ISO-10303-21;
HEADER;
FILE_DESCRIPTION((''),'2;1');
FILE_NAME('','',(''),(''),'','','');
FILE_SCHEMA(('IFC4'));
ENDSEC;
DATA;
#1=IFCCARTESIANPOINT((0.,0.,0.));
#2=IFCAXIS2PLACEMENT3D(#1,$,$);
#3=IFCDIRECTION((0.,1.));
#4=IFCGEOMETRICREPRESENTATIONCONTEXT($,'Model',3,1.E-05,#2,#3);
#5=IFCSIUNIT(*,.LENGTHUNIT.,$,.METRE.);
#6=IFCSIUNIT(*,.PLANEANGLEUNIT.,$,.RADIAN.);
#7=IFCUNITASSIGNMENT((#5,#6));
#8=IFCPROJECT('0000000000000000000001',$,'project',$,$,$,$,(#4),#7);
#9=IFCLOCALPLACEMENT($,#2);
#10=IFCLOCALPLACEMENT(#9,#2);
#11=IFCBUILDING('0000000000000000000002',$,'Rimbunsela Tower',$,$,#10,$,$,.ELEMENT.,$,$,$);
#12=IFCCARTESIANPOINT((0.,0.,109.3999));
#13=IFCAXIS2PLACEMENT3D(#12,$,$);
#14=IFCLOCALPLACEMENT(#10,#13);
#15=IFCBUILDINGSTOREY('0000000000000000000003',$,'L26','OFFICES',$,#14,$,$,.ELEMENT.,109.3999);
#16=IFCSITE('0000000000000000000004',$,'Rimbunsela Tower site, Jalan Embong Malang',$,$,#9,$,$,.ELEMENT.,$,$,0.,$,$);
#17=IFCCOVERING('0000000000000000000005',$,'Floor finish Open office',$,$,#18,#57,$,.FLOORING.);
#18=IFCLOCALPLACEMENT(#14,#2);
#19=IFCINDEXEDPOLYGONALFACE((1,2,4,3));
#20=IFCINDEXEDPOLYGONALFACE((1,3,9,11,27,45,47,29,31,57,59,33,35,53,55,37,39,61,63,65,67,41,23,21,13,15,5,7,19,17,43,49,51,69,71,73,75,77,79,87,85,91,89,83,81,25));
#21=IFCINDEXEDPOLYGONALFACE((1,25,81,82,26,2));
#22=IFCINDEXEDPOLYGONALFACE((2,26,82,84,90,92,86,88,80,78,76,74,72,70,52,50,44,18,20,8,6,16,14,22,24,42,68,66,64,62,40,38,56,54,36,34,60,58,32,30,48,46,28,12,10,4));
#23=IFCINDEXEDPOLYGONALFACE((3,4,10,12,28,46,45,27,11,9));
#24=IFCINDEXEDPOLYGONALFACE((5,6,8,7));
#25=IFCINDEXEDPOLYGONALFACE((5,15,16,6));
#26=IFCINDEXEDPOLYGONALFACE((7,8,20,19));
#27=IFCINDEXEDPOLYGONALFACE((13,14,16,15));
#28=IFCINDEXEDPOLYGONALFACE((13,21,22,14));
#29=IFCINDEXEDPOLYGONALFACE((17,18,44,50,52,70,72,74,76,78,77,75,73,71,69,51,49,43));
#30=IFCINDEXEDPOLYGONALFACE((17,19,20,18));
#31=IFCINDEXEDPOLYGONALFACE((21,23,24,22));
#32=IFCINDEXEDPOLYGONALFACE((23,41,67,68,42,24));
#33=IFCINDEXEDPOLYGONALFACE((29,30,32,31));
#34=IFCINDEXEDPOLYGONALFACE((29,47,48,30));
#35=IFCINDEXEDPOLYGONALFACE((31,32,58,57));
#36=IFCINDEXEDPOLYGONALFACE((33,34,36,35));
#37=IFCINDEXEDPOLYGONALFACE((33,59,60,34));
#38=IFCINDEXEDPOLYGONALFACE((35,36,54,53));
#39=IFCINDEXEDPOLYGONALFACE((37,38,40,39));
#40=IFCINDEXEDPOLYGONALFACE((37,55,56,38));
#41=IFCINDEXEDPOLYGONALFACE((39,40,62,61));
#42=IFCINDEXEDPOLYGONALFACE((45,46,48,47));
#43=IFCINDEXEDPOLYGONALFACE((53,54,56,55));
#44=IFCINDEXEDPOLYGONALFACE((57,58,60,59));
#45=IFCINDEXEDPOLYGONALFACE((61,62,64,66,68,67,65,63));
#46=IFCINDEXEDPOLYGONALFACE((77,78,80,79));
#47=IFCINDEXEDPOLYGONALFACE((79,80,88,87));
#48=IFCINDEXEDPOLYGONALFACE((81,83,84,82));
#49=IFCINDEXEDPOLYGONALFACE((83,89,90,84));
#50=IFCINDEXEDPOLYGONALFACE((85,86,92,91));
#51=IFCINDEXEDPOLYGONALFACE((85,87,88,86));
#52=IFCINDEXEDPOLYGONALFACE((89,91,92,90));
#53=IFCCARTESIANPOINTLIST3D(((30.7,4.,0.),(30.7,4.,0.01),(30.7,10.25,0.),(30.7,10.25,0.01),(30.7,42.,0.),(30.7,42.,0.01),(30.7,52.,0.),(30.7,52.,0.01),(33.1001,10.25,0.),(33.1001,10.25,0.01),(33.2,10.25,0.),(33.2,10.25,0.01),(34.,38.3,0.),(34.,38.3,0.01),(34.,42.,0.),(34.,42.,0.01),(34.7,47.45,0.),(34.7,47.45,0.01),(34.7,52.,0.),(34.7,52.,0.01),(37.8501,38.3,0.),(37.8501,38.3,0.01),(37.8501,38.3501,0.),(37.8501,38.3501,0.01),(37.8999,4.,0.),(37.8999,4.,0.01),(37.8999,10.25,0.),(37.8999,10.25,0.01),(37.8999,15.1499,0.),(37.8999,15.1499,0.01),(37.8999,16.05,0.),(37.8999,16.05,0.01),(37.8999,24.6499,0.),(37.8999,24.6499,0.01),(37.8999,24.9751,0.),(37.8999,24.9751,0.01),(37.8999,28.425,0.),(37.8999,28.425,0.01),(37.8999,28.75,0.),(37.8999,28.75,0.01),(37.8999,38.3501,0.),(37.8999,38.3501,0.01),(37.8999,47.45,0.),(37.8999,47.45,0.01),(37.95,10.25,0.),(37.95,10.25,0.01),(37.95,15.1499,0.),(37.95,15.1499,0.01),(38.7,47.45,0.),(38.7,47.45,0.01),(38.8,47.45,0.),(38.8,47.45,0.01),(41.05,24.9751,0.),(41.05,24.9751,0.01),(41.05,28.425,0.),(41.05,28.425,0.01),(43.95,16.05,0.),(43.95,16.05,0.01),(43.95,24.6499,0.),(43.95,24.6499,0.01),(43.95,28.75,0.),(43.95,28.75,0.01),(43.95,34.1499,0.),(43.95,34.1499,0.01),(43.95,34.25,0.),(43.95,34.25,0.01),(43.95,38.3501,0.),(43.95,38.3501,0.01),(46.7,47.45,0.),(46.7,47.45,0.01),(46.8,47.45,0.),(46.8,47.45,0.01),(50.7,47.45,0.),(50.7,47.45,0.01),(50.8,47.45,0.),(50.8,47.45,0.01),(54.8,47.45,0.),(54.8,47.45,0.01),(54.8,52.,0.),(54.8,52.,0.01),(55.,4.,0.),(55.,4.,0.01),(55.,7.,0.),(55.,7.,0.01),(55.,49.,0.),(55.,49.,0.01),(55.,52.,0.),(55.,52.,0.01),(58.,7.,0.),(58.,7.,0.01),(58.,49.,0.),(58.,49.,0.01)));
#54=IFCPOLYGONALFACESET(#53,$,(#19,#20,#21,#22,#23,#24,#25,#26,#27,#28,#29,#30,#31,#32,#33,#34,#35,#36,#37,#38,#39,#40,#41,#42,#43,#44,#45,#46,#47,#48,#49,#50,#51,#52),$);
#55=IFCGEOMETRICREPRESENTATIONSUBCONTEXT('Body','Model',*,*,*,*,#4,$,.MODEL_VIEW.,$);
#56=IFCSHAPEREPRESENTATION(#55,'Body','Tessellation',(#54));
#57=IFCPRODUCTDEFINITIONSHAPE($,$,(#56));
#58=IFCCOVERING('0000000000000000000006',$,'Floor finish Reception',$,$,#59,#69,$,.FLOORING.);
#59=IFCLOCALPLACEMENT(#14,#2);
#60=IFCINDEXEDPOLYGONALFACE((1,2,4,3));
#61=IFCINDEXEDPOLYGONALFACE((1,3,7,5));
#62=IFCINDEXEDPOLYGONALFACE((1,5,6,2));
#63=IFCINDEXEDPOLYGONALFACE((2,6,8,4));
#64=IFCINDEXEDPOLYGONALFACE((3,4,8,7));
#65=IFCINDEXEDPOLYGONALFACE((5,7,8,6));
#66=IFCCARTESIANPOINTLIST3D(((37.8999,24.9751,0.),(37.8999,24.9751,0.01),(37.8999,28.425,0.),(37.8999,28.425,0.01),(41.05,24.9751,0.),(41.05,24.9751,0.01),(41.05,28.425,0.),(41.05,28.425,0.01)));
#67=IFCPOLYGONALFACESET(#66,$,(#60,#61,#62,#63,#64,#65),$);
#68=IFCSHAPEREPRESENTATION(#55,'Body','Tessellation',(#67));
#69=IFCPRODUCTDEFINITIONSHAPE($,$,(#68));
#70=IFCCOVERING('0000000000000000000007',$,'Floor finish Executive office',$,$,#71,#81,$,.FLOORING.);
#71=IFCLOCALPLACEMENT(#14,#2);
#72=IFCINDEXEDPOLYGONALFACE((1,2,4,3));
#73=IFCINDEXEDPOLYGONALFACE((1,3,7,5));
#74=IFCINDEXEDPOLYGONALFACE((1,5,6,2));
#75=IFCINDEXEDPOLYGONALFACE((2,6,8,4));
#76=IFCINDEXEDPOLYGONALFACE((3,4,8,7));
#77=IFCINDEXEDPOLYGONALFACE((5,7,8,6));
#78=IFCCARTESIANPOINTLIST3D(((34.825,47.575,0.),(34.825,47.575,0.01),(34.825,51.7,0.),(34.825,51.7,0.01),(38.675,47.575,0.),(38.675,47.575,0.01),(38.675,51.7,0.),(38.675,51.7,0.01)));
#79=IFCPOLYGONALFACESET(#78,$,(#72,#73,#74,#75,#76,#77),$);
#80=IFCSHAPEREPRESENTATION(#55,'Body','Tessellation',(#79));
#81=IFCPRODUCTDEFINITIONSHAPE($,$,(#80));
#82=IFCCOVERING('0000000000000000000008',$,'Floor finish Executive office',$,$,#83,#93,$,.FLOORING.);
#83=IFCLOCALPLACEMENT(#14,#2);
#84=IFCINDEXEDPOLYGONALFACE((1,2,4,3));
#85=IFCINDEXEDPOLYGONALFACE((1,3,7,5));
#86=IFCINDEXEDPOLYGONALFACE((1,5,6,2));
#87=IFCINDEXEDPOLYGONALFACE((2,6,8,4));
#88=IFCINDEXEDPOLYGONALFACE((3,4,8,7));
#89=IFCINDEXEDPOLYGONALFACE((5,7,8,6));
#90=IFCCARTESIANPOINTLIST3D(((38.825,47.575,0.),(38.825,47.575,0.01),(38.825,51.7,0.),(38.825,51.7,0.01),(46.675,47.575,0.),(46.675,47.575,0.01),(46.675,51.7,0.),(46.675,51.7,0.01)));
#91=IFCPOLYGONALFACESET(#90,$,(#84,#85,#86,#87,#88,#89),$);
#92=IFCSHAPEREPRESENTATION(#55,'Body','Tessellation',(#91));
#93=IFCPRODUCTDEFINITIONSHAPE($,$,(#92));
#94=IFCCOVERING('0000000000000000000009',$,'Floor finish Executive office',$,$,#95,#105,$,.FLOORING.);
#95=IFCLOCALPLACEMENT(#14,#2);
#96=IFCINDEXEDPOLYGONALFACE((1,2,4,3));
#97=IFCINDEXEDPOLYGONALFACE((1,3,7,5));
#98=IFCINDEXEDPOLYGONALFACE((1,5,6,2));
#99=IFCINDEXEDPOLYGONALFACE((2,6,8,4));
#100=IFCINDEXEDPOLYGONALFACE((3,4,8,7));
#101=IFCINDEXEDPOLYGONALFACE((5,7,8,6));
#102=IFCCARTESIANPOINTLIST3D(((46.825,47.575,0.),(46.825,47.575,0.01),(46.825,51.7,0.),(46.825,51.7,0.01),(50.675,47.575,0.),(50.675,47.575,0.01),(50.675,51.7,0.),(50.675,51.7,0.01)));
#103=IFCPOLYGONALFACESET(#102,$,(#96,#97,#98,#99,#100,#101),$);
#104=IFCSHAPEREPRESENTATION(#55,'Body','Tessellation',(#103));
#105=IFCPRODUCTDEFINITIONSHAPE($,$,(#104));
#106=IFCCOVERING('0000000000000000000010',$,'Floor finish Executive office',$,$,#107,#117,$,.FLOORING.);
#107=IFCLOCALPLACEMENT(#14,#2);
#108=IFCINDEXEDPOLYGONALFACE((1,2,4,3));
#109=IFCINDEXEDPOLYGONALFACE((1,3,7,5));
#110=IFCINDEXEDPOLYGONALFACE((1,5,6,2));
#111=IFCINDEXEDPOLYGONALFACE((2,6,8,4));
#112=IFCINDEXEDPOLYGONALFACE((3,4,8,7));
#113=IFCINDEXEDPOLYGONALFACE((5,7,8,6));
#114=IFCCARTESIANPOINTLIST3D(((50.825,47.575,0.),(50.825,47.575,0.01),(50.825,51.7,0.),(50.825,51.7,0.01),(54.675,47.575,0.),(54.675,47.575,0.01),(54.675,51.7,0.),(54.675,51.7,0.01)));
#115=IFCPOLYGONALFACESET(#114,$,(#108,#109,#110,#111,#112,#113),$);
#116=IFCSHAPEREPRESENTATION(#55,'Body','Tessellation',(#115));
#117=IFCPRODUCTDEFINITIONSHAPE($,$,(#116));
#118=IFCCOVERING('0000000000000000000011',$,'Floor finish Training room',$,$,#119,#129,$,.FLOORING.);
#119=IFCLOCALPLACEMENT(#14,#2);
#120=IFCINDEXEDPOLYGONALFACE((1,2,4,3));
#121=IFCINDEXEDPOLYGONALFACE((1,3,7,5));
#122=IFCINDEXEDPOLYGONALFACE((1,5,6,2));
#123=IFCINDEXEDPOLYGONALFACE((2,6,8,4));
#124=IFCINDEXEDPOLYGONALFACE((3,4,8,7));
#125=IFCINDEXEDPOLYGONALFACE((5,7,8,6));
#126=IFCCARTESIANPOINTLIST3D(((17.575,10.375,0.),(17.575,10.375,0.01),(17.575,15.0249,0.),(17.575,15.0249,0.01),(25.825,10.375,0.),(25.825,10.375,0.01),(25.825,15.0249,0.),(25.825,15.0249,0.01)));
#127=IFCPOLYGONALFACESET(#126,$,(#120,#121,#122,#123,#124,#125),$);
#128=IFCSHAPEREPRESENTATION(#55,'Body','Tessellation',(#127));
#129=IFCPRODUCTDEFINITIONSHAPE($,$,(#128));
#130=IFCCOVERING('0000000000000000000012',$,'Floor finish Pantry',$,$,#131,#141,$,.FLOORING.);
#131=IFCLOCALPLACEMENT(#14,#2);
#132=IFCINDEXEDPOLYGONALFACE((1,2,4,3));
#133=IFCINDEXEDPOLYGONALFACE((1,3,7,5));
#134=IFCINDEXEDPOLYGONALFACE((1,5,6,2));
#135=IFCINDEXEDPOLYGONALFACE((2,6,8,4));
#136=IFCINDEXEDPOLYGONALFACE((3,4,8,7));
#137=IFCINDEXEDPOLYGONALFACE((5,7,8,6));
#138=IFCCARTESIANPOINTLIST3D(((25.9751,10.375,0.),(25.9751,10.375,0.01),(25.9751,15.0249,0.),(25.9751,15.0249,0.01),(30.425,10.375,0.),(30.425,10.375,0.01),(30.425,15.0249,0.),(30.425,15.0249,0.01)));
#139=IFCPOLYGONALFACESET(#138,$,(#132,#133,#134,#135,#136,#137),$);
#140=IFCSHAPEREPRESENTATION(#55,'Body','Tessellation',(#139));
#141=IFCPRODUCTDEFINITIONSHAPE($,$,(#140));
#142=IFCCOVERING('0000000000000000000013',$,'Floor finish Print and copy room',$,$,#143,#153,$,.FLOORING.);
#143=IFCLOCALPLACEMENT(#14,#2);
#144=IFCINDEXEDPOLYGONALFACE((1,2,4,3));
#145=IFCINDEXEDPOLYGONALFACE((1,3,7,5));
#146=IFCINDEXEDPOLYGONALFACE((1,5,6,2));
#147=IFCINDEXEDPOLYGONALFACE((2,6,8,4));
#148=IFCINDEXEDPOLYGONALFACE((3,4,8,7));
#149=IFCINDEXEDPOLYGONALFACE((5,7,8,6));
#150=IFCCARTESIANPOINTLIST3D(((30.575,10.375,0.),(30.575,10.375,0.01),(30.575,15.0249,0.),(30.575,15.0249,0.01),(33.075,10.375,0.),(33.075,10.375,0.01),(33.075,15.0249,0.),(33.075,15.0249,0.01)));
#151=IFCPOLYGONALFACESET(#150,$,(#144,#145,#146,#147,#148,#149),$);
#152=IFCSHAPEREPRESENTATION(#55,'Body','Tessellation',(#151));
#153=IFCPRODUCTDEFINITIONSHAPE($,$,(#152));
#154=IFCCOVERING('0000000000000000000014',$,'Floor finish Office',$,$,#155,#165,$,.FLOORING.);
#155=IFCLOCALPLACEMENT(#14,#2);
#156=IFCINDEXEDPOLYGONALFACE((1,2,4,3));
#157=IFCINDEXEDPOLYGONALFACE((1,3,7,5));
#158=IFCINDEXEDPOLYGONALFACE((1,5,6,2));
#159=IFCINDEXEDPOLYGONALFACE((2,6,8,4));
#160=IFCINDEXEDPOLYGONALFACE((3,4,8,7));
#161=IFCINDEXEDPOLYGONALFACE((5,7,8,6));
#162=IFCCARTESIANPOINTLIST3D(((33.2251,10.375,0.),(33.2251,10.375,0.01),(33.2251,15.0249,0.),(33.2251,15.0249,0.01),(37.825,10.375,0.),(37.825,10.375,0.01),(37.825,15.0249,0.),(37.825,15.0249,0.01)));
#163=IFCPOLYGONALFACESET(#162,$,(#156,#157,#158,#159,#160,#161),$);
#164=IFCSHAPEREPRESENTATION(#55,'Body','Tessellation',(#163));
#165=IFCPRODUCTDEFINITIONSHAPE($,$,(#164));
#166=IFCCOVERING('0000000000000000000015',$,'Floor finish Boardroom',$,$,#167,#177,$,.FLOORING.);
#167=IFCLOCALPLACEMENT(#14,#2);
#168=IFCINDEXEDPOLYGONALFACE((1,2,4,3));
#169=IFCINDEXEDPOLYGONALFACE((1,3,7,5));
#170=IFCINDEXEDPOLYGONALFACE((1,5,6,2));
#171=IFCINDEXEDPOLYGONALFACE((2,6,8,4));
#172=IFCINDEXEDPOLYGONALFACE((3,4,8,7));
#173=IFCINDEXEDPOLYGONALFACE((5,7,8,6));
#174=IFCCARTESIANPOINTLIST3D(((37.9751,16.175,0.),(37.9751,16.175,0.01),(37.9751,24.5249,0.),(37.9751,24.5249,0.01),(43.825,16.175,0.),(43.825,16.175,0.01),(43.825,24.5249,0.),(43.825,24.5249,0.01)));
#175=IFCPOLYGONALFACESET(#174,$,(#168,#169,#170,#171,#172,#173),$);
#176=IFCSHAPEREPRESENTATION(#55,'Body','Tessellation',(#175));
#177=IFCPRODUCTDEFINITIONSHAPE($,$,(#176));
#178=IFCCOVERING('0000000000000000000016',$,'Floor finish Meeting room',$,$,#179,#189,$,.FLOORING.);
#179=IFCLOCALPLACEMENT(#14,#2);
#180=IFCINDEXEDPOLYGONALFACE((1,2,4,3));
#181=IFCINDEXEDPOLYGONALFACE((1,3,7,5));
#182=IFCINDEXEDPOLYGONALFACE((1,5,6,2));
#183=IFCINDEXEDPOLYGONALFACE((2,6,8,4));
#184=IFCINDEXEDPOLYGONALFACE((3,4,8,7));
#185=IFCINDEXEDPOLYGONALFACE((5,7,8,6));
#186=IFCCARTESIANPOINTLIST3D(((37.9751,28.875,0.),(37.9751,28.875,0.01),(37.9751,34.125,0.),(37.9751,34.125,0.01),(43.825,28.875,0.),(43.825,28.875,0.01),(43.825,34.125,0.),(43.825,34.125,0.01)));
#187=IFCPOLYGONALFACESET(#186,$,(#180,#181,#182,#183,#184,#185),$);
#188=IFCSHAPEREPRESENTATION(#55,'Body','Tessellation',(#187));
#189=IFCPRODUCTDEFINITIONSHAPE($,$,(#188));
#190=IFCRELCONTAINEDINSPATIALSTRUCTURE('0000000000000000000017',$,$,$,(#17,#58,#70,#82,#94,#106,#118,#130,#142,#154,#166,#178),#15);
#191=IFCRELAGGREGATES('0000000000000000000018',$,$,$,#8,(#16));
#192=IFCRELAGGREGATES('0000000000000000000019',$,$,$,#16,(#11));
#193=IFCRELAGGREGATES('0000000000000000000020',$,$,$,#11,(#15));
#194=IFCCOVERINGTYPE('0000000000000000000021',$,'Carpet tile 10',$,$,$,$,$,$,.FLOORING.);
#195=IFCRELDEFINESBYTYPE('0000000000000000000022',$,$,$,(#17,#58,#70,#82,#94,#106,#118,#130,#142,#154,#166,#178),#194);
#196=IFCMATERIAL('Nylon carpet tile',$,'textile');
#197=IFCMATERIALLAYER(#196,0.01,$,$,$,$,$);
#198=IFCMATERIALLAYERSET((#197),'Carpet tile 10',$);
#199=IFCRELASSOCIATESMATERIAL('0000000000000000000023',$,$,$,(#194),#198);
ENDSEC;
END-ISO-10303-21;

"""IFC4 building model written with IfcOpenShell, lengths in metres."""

from ifc_helpers import new_model, si_unit, direction, frame, origin, place, context, subcontext, project, spatial, polyline, outline, extrude, material, layer, layer_set, type_object, element, save


model = new_model("IFC4")

# Units and contexts
model_context = context("Model", 3, precision=1e-05, world=origin(), true_north=direction((0.0, 1.0)))
body_context = subcontext(model_context, "Body", "Model", "MODEL_VIEW")
ifc_project = project(units=[si_unit("LENGTHUNIT", "METRE"), si_unit("PLANEANGLEUNIT", "RADIAN")], contexts=[model_context])

# Site, building, storey
site_placement = place(None, origin())
site = spatial("IfcSite", under=ifc_project, at=site_placement, Name="Rimbunsela Tower site, Jalan Embong Malang", CompositionType="ELEMENT", RefElevation=0.0)
building_placement = place(site_placement, origin())
building = spatial("IfcBuilding", under=site, at=building_placement, Name="Rimbunsela Tower", CompositionType="ELEMENT")
storey_placement = place(building_placement, frame((0.0, 0.0, 109.3999)))
storey = spatial("IfcBuildingStorey", under=building, at=storey_placement, Name="L26", Description="OFFICES", CompositionType="ELEMENT", Elevation=109.3999)

# Coverings
ifc_material_1 = material(Name="Nylon carpet tile", Category="textile")
ifc_layer_1 = layer(ifc_material_1, 0.01)
ifc_layer_set_1 = layer_set([ifc_layer_1], Name="Carpet tile 10")
covering_type_1 = type_object("IfcCoveringType", Name="Carpet tile 10", PredefinedType="FLOORING", material=ifc_layer_set_1)
covering_1_placement = place(storey_placement, origin())
element("IfcCovering", 1, at=covering_1_placement, inside=storey, type_object=covering_type_1, Name="Floor finish Open office", PredefinedType="FLOORING", context=body_context, shape_type="SweptSolid", body=[
    extrude(outline(polyline([(30.7, 52.0), (34.7, 52.0), (34.7, 47.45), (37.8999, 47.45), (38.7, 47.45), (38.8, 47.45), (46.7, 47.45), (46.8, 47.45), (50.7, 47.45), (50.8, 47.45), (54.8, 47.45), (54.8, 52.0), (55.0, 52.0), (55.0, 49.0), (58.0, 49.0), (58.0, 7.0), (55.0, 7.0), (55.0, 4.0), (37.8999, 4.0), (30.7, 4.0), (30.7, 10.25), (33.1001, 10.25), (33.2, 10.25), (37.8999, 10.25), (37.95, 10.25), (37.95, 15.1499), (37.8999, 15.1499), (37.8999, 16.05), (43.95, 16.05), (43.95, 24.6499), (37.8999, 24.6499), (37.8999, 24.9751), (41.05, 24.9751), (41.05, 28.425), (37.8999, 28.425), (37.8999, 28.75), (43.95, 28.75), (43.95, 34.1499), (43.95, 34.25), (43.95, 38.3501), (37.8999, 38.3501), (37.8501, 38.3501), (37.8501, 38.3), (34.0, 38.3), (34.0, 42.0), (30.7, 42.0), (30.7, 52.0)])), origin(), (0.0, 0.0, 1.0), 0.01),
])
covering_2_placement = place(storey_placement, origin())
element("IfcCovering", 2, at=covering_2_placement, inside=storey, type_object=covering_type_1, Name="Floor finish Reception", PredefinedType="FLOORING", context=body_context, shape_type="SweptSolid", body=[
    extrude(outline(polyline([(41.05, 24.9751), (41.05, 28.425), (37.8999, 28.425), (37.8999, 24.9751), (41.05, 24.9751)])), origin(), (0.0, 0.0, 1.0), 0.01),
])
covering_3_placement = place(storey_placement, origin())
element("IfcCovering", 3, at=covering_3_placement, inside=storey, type_object=covering_type_1, Name="Floor finish Executive office", PredefinedType="FLOORING", context=body_context, shape_type="SweptSolid", body=[
    extrude(outline(polyline([(38.675, 47.575), (38.675, 51.7), (34.825, 51.7), (34.825, 47.575), (38.675, 47.575)])), origin(), (0.0, 0.0, 1.0), 0.01),
])
covering_4_placement = place(storey_placement, origin())
element("IfcCovering", 4, at=covering_4_placement, inside=storey, type_object=covering_type_1, Name="Floor finish Executive office", PredefinedType="FLOORING", context=body_context, shape_type="SweptSolid", body=[
    extrude(outline(polyline([(46.675, 47.575), (46.675, 51.7), (38.825, 51.7), (38.825, 47.575), (46.675, 47.575)])), origin(), (0.0, 0.0, 1.0), 0.01),
])
covering_5_placement = place(storey_placement, origin())
element("IfcCovering", 5, at=covering_5_placement, inside=storey, type_object=covering_type_1, Name="Floor finish Executive office", PredefinedType="FLOORING", context=body_context, shape_type="SweptSolid", body=[
    extrude(outline(polyline([(50.675, 47.575), (50.675, 51.7), (46.825, 51.7), (46.825, 47.575), (50.675, 47.575)])), origin(), (0.0, 0.0, 1.0), 0.01),
])
covering_6_placement = place(storey_placement, origin())
element("IfcCovering", 6, at=covering_6_placement, inside=storey, type_object=covering_type_1, Name="Floor finish Executive office", PredefinedType="FLOORING", context=body_context, shape_type="SweptSolid", body=[
    extrude(outline(polyline([(54.675, 47.575), (54.675, 51.7), (50.825, 51.7), (50.825, 47.575), (54.675, 47.575)])), origin(), (0.0, 0.0, 1.0), 0.01),
])
covering_7_placement = place(storey_placement, origin())
element("IfcCovering", 7, at=covering_7_placement, inside=storey, type_object=covering_type_1, Name="Floor finish Training room", PredefinedType="FLOORING", context=body_context, shape_type="SweptSolid", body=[
    extrude(outline(polyline([(25.825, 10.375), (25.825, 15.0249), (17.575, 15.0249), (17.575, 10.375), (25.825, 10.375)])), origin(), (0.0, 0.0, 1.0), 0.01),
])
covering_8_placement = place(storey_placement, origin())
element("IfcCovering", 8, at=covering_8_placement, inside=storey, type_object=covering_type_1, Name="Floor finish Pantry", PredefinedType="FLOORING", context=body_context, shape_type="SweptSolid", body=[
    extrude(outline(polyline([(30.425, 10.375), (30.425, 15.0249), (25.9751, 15.0249), (25.9751, 10.375), (30.425, 10.375)])), origin(), (0.0, 0.0, 1.0), 0.01),
])
covering_9_placement = place(storey_placement, origin())
element("IfcCovering", 9, at=covering_9_placement, inside=storey, type_object=covering_type_1, Name="Floor finish Print and copy room", PredefinedType="FLOORING", context=body_context, shape_type="SweptSolid", body=[
    extrude(outline(polyline([(33.075, 10.375), (33.075, 15.0249), (30.575, 15.0249), (30.575, 10.375), (33.075, 10.375)])), origin(), (0.0, 0.0, 1.0), 0.01),
])
covering_10_placement = place(storey_placement, origin())
element("IfcCovering", 10, at=covering_10_placement, inside=storey, type_object=covering_type_1, Name="Floor finish Office", PredefinedType="FLOORING", context=body_context, shape_type="SweptSolid", body=[
    extrude(outline(polyline([(37.825, 10.375), (37.825, 15.0249), (33.2251, 15.0249), (33.2251, 10.375), (37.825, 10.375)])), origin(), (0.0, 0.0, 1.0), 0.01),
])
covering_11_placement = place(storey_placement, origin())
element("IfcCovering", 11, at=covering_11_placement, inside=storey, type_object=covering_type_1, Name="Floor finish Boardroom", PredefinedType="FLOORING", context=body_context, shape_type="SweptSolid", body=[
    extrude(outline(polyline([(43.825, 16.175), (43.825, 24.5249), (37.9751, 24.5249), (37.9751, 16.175), (43.825, 16.175)])), origin(), (0.0, 0.0, 1.0), 0.01),
])
covering_12_placement = place(storey_placement, origin())
element("IfcCovering", 12, at=covering_12_placement, inside=storey, type_object=covering_type_1, Name="Floor finish Meeting room", PredefinedType="FLOORING", context=body_context, shape_type="SweptSolid", body=[
    extrude(outline(polyline([(43.825, 28.875), (43.825, 34.125), (37.9751, 34.125), (37.9751, 28.875), (43.825, 28.875)])), origin(), (0.0, 0.0, 1.0), 0.01),
])

save(model, "model.ifc")
